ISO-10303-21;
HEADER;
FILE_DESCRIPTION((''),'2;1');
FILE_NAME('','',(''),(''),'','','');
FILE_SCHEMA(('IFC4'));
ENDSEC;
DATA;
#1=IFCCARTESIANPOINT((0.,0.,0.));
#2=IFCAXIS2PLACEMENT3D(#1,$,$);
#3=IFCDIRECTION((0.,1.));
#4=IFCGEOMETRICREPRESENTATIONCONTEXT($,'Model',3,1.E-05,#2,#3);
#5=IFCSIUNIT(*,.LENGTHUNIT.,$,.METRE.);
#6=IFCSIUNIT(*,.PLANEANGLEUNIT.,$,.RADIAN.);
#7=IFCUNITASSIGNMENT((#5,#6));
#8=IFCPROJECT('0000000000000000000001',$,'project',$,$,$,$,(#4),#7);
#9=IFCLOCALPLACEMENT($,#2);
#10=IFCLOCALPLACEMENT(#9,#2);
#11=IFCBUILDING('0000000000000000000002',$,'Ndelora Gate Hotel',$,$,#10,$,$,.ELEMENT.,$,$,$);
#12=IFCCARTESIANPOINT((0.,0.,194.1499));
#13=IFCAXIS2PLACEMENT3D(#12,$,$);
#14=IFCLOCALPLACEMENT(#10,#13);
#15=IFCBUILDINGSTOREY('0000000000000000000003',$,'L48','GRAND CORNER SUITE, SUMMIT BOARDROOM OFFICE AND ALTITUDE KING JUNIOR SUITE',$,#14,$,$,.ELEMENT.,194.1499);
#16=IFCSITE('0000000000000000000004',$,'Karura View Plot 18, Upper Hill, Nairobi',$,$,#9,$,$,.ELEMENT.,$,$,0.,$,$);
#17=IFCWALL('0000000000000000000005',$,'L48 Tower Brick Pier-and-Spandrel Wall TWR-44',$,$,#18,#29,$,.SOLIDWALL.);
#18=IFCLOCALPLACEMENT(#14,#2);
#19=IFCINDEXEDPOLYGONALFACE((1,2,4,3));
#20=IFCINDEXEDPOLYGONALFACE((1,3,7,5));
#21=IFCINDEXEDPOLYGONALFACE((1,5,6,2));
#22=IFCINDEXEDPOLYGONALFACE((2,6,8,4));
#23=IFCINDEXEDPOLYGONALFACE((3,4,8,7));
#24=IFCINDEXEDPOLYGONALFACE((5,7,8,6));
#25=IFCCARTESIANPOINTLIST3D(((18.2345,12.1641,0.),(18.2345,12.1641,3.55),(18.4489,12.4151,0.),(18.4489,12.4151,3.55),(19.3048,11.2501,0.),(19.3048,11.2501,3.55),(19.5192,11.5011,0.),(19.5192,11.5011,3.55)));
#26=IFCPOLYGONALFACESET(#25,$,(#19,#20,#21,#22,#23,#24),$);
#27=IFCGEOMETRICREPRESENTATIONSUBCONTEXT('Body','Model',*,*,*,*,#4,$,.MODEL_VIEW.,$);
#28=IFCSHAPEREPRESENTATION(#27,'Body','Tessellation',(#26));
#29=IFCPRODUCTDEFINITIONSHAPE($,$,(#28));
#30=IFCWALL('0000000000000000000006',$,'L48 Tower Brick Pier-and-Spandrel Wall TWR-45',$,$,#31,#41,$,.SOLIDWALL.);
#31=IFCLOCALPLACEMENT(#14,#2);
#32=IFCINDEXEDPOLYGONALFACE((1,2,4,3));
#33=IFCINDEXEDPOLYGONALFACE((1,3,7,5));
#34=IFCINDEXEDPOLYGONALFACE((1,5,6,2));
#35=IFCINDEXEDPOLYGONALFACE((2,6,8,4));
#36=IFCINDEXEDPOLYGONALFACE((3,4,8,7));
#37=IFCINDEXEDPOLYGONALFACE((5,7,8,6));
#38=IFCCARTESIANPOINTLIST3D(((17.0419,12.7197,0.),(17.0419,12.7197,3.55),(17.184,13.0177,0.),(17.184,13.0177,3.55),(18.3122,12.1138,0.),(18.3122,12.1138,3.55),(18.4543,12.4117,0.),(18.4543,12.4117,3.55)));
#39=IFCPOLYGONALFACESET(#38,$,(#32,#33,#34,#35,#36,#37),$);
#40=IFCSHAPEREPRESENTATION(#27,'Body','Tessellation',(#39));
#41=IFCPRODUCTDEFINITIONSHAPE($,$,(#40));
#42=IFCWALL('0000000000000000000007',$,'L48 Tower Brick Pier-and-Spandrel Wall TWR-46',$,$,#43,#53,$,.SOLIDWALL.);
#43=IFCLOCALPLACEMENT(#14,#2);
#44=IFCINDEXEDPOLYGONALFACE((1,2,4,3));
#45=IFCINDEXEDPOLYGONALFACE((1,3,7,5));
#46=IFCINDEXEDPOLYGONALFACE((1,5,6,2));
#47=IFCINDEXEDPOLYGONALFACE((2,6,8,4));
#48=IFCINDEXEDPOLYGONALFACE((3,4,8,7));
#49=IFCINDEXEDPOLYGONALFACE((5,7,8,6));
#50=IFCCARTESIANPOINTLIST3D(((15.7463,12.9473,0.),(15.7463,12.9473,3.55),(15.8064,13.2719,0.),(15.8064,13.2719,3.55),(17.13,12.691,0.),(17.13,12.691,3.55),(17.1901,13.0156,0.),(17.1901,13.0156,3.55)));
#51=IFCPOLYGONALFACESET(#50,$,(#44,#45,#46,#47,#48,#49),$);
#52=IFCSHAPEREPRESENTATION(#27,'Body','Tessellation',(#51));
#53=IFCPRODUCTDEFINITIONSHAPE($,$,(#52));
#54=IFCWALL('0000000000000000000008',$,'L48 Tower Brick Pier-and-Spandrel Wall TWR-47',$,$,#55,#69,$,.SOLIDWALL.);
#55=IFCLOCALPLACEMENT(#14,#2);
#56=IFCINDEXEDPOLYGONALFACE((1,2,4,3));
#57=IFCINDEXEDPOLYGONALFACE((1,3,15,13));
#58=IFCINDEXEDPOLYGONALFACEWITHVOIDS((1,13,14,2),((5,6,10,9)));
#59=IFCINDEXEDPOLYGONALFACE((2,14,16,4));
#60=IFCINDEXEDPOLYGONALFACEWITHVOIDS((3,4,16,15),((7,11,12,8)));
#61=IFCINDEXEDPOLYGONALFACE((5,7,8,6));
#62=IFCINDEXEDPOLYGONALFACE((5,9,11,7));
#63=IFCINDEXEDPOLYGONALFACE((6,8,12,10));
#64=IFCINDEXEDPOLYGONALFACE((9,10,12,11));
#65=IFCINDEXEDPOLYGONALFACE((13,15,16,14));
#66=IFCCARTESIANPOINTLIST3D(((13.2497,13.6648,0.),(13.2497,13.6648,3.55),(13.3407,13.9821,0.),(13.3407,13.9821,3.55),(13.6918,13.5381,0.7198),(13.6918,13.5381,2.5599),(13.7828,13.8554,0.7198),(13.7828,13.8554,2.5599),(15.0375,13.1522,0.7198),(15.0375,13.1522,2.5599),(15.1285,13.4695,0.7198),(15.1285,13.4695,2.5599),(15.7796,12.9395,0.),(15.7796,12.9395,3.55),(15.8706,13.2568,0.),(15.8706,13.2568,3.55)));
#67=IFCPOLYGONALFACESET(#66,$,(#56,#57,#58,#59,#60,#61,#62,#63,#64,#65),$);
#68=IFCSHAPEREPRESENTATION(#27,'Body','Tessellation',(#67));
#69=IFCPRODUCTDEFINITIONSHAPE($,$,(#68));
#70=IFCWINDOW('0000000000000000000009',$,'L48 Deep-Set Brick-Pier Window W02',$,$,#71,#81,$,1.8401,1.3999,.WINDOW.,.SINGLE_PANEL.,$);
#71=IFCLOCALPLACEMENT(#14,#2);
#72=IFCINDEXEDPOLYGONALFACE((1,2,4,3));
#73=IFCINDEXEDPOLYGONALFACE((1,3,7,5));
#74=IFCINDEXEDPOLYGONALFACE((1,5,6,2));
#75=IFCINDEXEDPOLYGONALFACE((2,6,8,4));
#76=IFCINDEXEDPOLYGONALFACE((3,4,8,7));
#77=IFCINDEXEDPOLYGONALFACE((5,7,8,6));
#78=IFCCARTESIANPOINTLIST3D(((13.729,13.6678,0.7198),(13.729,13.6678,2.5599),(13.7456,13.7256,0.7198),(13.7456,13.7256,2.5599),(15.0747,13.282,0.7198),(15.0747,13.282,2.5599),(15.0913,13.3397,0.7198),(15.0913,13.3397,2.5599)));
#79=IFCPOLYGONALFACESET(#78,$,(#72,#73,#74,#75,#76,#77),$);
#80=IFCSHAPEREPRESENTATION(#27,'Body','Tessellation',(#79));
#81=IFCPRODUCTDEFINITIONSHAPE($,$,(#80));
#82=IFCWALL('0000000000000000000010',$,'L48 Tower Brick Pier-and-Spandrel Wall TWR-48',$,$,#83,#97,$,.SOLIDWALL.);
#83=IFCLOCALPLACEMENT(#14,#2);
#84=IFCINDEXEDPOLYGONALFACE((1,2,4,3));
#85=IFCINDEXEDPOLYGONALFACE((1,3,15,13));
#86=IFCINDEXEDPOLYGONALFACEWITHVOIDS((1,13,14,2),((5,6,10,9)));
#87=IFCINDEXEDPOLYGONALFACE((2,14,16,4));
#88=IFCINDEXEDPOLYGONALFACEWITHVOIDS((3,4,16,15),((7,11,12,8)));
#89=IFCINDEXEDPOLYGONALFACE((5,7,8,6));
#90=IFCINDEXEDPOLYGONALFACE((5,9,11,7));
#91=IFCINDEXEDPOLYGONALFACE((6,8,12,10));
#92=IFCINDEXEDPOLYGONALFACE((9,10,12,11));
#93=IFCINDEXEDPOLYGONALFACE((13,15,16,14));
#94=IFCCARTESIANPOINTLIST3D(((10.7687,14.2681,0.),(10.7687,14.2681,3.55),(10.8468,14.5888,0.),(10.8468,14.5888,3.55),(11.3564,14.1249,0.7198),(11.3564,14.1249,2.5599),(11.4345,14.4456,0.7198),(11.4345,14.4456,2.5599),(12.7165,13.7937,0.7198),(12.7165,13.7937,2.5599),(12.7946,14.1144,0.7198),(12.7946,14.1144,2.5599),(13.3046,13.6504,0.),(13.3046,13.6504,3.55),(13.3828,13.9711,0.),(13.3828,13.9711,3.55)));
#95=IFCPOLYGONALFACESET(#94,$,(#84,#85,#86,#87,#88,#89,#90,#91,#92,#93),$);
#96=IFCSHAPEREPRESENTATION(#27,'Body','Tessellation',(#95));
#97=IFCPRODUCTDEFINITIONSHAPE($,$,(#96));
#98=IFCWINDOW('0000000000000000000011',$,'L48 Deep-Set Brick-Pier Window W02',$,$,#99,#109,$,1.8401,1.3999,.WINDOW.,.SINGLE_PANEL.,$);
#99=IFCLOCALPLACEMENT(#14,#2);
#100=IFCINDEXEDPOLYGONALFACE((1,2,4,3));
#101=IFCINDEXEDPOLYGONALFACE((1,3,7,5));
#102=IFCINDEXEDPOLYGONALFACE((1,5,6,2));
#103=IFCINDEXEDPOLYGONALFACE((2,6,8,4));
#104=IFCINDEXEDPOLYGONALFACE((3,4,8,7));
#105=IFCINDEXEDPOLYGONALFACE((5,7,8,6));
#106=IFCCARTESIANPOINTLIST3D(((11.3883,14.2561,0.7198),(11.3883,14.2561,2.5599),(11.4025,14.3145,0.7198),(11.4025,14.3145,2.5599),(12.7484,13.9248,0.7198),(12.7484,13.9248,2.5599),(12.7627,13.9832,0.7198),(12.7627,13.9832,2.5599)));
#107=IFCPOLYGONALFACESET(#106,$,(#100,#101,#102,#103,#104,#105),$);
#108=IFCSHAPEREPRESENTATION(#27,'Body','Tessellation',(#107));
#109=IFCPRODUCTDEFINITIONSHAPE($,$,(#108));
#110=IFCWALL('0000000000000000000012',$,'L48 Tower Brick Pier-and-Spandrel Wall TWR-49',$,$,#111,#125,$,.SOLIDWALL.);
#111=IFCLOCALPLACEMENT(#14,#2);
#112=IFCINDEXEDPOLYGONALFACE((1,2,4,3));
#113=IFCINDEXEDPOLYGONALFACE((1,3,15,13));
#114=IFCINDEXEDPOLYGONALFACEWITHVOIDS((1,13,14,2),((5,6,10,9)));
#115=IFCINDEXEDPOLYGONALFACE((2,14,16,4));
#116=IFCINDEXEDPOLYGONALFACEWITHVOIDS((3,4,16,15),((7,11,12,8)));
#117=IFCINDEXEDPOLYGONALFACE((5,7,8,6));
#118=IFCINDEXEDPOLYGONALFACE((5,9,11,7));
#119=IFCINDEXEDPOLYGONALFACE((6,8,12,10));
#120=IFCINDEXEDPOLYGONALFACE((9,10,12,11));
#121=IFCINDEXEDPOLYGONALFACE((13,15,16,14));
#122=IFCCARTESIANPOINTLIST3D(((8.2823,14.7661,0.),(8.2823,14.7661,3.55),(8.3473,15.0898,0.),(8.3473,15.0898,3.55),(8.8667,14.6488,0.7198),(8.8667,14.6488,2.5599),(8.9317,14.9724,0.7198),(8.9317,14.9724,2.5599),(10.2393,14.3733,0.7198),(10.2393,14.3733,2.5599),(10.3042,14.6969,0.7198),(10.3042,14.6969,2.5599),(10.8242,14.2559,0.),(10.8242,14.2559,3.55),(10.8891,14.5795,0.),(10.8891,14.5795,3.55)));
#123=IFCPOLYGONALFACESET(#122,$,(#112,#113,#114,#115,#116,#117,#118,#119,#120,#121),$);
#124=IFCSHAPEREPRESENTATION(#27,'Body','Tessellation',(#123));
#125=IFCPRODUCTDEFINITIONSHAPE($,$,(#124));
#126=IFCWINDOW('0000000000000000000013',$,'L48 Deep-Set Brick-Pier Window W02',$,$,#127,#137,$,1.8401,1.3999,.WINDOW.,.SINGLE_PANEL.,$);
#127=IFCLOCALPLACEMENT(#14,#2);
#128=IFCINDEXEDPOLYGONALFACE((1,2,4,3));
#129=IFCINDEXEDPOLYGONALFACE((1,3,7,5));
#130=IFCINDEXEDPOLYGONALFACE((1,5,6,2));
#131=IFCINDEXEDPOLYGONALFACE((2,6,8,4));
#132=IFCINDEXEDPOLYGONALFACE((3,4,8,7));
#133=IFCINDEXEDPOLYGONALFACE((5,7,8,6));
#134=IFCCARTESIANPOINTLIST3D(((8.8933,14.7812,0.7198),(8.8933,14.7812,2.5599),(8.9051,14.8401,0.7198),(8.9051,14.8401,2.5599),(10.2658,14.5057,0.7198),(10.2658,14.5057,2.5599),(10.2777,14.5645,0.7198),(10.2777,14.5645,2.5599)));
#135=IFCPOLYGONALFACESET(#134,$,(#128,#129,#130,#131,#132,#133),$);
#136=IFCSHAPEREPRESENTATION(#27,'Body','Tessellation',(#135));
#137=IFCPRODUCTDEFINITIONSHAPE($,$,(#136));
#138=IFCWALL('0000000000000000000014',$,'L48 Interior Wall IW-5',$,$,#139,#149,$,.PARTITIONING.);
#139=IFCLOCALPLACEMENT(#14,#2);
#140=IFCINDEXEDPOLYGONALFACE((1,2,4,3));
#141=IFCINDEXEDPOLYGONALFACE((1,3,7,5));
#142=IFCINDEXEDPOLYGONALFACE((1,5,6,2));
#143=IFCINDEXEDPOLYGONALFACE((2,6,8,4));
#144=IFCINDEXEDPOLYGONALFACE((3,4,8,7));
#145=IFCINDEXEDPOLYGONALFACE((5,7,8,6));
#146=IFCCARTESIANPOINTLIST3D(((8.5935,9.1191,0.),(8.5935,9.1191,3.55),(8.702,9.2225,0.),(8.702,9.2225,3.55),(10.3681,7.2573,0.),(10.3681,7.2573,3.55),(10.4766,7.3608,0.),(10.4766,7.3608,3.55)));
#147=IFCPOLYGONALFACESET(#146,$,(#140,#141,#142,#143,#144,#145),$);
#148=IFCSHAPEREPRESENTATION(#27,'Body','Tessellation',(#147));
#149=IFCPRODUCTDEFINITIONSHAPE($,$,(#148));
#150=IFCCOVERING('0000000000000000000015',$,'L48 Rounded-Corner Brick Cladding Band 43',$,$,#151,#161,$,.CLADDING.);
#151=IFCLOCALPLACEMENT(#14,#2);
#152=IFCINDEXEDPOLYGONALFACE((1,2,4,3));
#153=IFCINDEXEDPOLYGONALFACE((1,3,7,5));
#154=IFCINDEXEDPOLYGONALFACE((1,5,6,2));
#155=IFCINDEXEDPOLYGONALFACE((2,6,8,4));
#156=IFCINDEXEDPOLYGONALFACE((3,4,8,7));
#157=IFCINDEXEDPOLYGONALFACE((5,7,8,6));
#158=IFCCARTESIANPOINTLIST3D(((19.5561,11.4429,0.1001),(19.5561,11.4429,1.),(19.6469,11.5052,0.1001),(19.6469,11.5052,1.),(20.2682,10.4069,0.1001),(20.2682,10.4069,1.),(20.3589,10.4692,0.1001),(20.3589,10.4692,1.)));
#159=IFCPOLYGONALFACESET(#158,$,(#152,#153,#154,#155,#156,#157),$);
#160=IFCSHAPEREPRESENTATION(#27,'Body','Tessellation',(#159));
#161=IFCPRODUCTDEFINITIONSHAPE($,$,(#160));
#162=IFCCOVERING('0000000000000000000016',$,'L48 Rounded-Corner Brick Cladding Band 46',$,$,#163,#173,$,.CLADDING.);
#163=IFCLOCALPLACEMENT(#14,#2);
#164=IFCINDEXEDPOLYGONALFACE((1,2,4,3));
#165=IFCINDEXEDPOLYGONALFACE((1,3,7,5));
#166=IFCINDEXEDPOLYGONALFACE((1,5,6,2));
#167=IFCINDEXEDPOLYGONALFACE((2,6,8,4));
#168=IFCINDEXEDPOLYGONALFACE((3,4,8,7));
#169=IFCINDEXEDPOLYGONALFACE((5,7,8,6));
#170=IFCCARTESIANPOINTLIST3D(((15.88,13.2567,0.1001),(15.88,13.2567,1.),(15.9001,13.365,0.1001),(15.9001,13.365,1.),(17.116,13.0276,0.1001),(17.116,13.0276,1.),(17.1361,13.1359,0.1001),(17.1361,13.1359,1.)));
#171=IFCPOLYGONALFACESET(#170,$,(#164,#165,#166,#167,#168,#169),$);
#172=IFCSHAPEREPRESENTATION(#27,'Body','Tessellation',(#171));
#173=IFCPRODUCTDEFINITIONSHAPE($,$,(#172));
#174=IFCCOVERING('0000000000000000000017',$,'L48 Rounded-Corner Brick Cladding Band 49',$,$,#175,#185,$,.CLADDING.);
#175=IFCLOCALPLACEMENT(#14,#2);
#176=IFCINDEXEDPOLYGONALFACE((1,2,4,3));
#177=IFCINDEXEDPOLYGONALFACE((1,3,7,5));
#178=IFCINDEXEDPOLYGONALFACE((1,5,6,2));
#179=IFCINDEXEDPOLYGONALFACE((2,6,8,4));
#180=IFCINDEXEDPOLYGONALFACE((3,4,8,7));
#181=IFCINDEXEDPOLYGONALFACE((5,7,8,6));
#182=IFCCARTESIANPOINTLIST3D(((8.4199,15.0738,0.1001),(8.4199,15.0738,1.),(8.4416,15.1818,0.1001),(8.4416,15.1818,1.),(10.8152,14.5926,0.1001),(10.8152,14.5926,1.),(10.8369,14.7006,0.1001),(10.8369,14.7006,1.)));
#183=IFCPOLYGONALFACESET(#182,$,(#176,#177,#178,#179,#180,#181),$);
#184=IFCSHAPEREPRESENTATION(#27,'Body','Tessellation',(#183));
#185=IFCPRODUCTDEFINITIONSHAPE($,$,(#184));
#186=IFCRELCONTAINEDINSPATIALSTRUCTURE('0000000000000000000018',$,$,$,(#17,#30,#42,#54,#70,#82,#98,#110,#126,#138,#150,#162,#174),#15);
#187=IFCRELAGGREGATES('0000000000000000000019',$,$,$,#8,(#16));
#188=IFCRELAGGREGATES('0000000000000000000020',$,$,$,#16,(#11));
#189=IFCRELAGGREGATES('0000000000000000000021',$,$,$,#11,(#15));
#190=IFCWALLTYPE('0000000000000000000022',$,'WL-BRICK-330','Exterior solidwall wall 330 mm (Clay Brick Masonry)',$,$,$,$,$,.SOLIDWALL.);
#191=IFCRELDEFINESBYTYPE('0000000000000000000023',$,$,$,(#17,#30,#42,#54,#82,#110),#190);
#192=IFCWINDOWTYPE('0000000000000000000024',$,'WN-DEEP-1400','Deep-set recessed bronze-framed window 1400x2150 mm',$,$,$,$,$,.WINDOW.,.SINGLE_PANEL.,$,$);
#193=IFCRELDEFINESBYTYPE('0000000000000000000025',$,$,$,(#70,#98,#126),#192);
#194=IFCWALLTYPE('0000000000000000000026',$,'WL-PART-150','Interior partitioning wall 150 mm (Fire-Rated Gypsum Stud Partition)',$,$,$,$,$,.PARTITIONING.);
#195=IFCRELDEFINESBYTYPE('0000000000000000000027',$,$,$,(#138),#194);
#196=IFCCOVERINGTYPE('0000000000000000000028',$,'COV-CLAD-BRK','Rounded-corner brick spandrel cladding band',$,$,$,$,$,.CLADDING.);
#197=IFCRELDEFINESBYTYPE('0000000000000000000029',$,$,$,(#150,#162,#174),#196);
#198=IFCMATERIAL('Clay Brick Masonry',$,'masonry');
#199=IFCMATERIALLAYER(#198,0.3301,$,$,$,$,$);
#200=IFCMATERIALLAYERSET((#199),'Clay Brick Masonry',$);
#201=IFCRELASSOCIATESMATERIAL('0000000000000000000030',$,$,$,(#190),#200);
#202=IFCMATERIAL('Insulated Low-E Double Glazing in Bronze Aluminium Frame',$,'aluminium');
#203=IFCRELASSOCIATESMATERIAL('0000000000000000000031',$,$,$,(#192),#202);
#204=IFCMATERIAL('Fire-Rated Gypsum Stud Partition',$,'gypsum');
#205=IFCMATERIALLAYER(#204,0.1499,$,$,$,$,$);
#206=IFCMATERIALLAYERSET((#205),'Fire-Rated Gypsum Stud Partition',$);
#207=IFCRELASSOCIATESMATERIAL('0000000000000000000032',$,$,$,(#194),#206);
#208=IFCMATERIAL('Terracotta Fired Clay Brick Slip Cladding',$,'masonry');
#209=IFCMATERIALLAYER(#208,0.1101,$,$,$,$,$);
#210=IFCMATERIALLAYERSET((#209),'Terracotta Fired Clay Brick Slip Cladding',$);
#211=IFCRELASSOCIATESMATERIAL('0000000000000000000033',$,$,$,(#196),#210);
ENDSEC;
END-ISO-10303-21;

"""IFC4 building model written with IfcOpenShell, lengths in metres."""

from ifc_helpers import new_model, si_unit, direction, frame, frame_2d, origin, origin_2d, place, context, subcontext, project, spatial, rectangle, extrude, material, layer, layer_set, type_object, element, fill, save


model = new_model("IFC4")

# Units and contexts
model_context = context("Model", 3, precision=1e-05, world=origin(), true_north=direction((0.0, 1.0)))
body_context = subcontext(model_context, "Body", "Model", "MODEL_VIEW")
ifc_project = project(units=[si_unit("LENGTHUNIT", "METRE"), si_unit("PLANEANGLEUNIT", "RADIAN")], contexts=[model_context])

# Site, building, storey
site_placement = place(None, origin())
site = spatial("IfcSite", under=ifc_project, at=site_placement, Name="Karura View Plot 18, Upper Hill, Nairobi", CompositionType="ELEMENT", RefElevation=0.0)
building_placement = place(site_placement, origin())
building = spatial("IfcBuilding", under=site, at=building_placement, Name="Ndelora Gate Hotel", CompositionType="ELEMENT")
storey_placement = place(building_placement, frame((0.0, 0.0, 194.1499)))
storey = spatial("IfcBuildingStorey", under=building, at=storey_placement, Name="L48", Description="GRAND CORNER SUITE, SUMMIT BOARDROOM OFFICE AND ALTITUDE KING JUNIOR SUITE", CompositionType="ELEMENT", Elevation=194.1499)

# Walls
ifc_material_1 = material(Name="Clay Brick Masonry", Category="masonry")
ifc_layer_1 = layer(ifc_material_1, 0.3301)
ifc_layer_set_1 = layer_set([ifc_layer_1], Name="Clay Brick Masonry")
wall_type_1 = type_object("IfcWallType", Name="WL-BRICK-330", Description="Exterior solidwall wall 330 mm (Clay Brick Masonry)", PredefinedType="SOLIDWALL", material=ifc_layer_set_1)
for number, where, z_axis, x_axis, name in (
    (1, (18.3418, 12.2896, 0.0), (0.0, 0.0, 1.0), (0.760431, -0.649419, 0.0), "L48 Tower Brick Pier-and-Spandrel Wall TWR-44"),
    (2, (17.113, 12.8687, 0.0), (0.0, 0.0, 1.0), (0.902565, -0.430553, 0.0), "L48 Tower Brick Pier-and-Spandrel Wall TWR-45"),
):
    element("IfcWall", number, at=place(storey_placement, frame(where, z_axis=z_axis, x_axis=x_axis)), inside=storey, type_object=wall_type_1, Name=name, PredefinedType="SOLIDWALL", context=body_context, shape_type="SweptSolid", body=[
        extrude(rectangle(XDim=1.4075, YDim=0.3301, at=frame_2d((0.7036, 0.0))), origin(), (0.0, 0.0, 1.0), 3.55),
    ])
wall_1_placement = place(storey_placement, frame((15.7764, 13.1096, 0.0), z_axis=(0.0, 0.0, 1.0), x_axis=(0.98327, -0.182151, 0.0)))
element("IfcWall", 3, at=wall_1_placement, inside=storey, type_object=wall_type_1, Name="L48 Tower Brick Pier-and-Spandrel Wall TWR-46", PredefinedType="SOLIDWALL", context=body_context, shape_type="SweptSolid", body=[
    extrude(rectangle(XDim=1.4072, YDim=0.3301, at=frame_2d((0.7036, 0.0))), origin(), (0.0, 0.0, 1.0), 3.55),
])

# Walls, openings, windows
wall_2_placement = place(storey_placement, frame((13.2952, 13.8235, 0.0), z_axis=(0.0, 0.0, 1.0), x_axis=(0.961268, -0.275615, 0.0)))
wall_2 = element("IfcWall", 4, at=wall_2_placement, inside=storey, type_object=wall_type_1, Name="L48 Tower Brick Pier-and-Spandrel Wall TWR-47", PredefinedType="SOLIDWALL", context=body_context, shape_type="SweptSolid", body=[
    extrude(rectangle(XDim=2.6318, YDim=0.3301, at=frame_2d((1.3159, 0.0))), origin(), (0.0, 0.0, 1.0), 3.55),
])
opening_1_placement = place(wall_2_placement, frame((0.46, 0.0, 0.72)))
opening_1 = element("IfcOpeningElement", 5, at=opening_1_placement, cuts=wall_2, PredefinedType="OPENING", context=body_context, shape_type="SweptSolid", body=[
    extrude(rectangle(XDim=1.3999, YDim=1.8401, at=frame_2d((0.7, 0.9199))), frame((0.0, 0.175, 0.0), z_axis=(0.0, -1.0, 0.0), x_axis=(1.0, 0.0, 0.0)), (0.0, 0.0, 1.0), 0.3501),
])
ifc_material_2 = material(Name="Insulated Low-E Double Glazing in Bronze Aluminium Frame", Category="aluminium")
window_type = type_object("IfcWindowType", Name="WN-DEEP-1400", Description="Deep-set recessed bronze-framed window 1400x2150 mm", PartitioningType="SINGLE_PANEL", PredefinedType="WINDOW", material=ifc_material_2)
window_1_placement = place(opening_1_placement, origin())
window_1 = element("IfcWindow", 6, at=window_1_placement, inside=storey, type_object=window_type, Name="L48 Deep-Set Brick-Pier Window W02", OverallHeight=1.8401, OverallWidth=1.3999, PartitioningType="SINGLE_PANEL", PredefinedType="WINDOW", context=body_context, shape_type="SweptSolid", body=[
    extrude(rectangle(XDim=1.3999, YDim=1.8401, at=frame_2d((0.7, 0.9199))), frame((0.0, 0.03, 0.0), z_axis=(0.0, -1.0, 0.0), x_axis=(1.0, 0.0, 0.0)), (0.0, 0.0, 1.0), 0.0601),
])
fill(opening_1, window_1)
wall_3_placement = place(storey_placement, frame((10.8076, 14.4285, 0.0), z_axis=(0.0, 0.0, 1.0), x_axis=(0.971594, -0.236655, 0.0)))
wall_3 = element("IfcWall", 7, at=wall_3_placement, inside=storey, type_object=wall_type_1, Name="L48 Tower Brick Pier-and-Spandrel Wall TWR-48", PredefinedType="SOLIDWALL", context=body_context, shape_type="SweptSolid", body=[
    extrude(rectangle(XDim=2.6101, YDim=0.3301, at=frame_2d((1.3052, 0.0))), origin(), (0.0, 0.0, 1.0), 3.55),
])
opening_2_placement = place(wall_3_placement, frame((0.605, 0.0, 0.72)))
opening_2 = element("IfcOpeningElement", 8, at=opening_2_placement, cuts=wall_3, PredefinedType="OPENING", context=body_context, shape_type="SweptSolid", body=[
    extrude(rectangle(XDim=1.3999, YDim=1.8401, at=frame_2d((0.7, 0.9199))), frame((0.0, 0.175, 0.0), z_axis=(0.0, -1.0, 0.0), x_axis=(1.0, 0.0, 0.0)), (0.0, 0.0, 1.0), 0.3501),
])
window_2_placement = place(opening_2_placement, origin())
window_2 = element("IfcWindow", 9, at=window_2_placement, inside=storey, type_object=window_type, Name="L48 Deep-Set Brick-Pier Window W02", OverallHeight=1.8401, OverallWidth=1.3999, PartitioningType="SINGLE_PANEL", PredefinedType="WINDOW", context=body_context, shape_type="SweptSolid", body=[
    extrude(rectangle(XDim=1.3999, YDim=1.8401, at=frame_2d((0.7, 0.9199))), frame((0.0, 0.03, 0.0), z_axis=(0.0, -1.0, 0.0), x_axis=(1.0, 0.0, 0.0)), (0.0, 0.0, 1.0), 0.0601),
])
fill(opening_2, window_2)
wall_4_placement = place(storey_placement, frame((8.3147, 14.928, 0.0), z_axis=(0.0, 0.0, 1.0), x_axis=(0.980439, -0.196822, 0.0)))
wall_4 = element("IfcWall", 10, at=wall_4_placement, inside=storey, type_object=wall_type_1, Name="L48 Tower Brick Pier-and-Spandrel Wall TWR-49", PredefinedType="SOLIDWALL", context=body_context, shape_type="SweptSolid", body=[
    extrude(rectangle(XDim=2.5925, YDim=0.3301, at=frame_2d((1.2964, 0.0))), origin(), (0.0, 0.0, 1.0), 3.55),
])
opening_3_placement = place(wall_4_placement, frame((0.5962, 0.0, 0.72)))
opening_3 = element("IfcOpeningElement", 11, at=opening_3_placement, cuts=wall_4, PredefinedType="OPENING", context=body_context, shape_type="SweptSolid", body=[
    extrude(rectangle(XDim=1.3999, YDim=1.8401, at=frame_2d((0.7, 0.9199))), frame((0.0, 0.175, 0.0), z_axis=(0.0, -1.0, 0.0), x_axis=(1.0, 0.0, 0.0)), (0.0, 0.0, 1.0), 0.3501),
])
window_3_placement = place(opening_3_placement, origin())
window_3 = element("IfcWindow", 12, at=window_3_placement, inside=storey, type_object=window_type, Name="L48 Deep-Set Brick-Pier Window W02", OverallHeight=1.8401, OverallWidth=1.3999, PartitioningType="SINGLE_PANEL", PredefinedType="WINDOW", context=body_context, shape_type="SweptSolid", body=[
    extrude(rectangle(XDim=1.3999, YDim=1.8401, at=frame_2d((0.7, 0.9199))), frame((0.0, 0.03, 0.0), z_axis=(0.0, -1.0, 0.0), x_axis=(1.0, 0.0, 0.0)), (0.0, 0.0, 1.0), 0.0601),
])
fill(opening_3, window_3)

# Wall
ifc_material_3 = material(Name="Fire-Rated Gypsum Stud Partition", Category="gypsum")
ifc_layer_2 = layer(ifc_material_3, 0.1499)
ifc_layer_set_2 = layer_set([ifc_layer_2], Name="Fire-Rated Gypsum Stud Partition")
wall_type_2 = type_object("IfcWallType", Name="WL-PART-150", Description="Interior partitioning wall 150 mm (Fire-Rated Gypsum Stud Partition)", PredefinedType="PARTITIONING", material=ifc_layer_set_2)
wall_5_placement = place(storey_placement, frame((8.6477, 9.1709, 0.0), z_axis=(0.0, 0.0, 1.0), x_axis=(0.689961, -0.723847, 0.0)))
element("IfcWall", 13, at=wall_5_placement, inside=storey, type_object=wall_type_2, Name="L48 Interior Wall IW-5", PredefinedType="PARTITIONING", context=body_context, shape_type="SweptSolid", body=[
    extrude(rectangle(XDim=2.572, YDim=0.1499, at=frame_2d((1.2861, 0.0))), origin(), (0.0, 0.0, 1.0), 3.55),
])

# Coverings
ifc_material_4 = material(Name="Terracotta Fired Clay Brick Slip Cladding", Category="masonry")
ifc_layer_3 = layer(ifc_material_4, 0.1101)
ifc_layer_set_3 = layer_set([ifc_layer_3], Name="Terracotta Fired Clay Brick Slip Cladding")
covering_type_1 = type_object("IfcCoveringType", Name="COV-CLAD-BRK", Description="Rounded-corner brick spandrel cladding band", PredefinedType="CLADDING", material=ifc_layer_set_3)
for number, where, z_axis, x_axis, name in (
    (14, (19.9575, 10.9561, 0.1001), (0.0, 0.0, 1.0), (-0.566406, 0.824126, 0.0), "L48 Rounded-Corner Brick Cladding Band 43"),
    (15, (16.5081, 13.1963, 0.1001), (0.0, 0.0, 1.0), (-0.983255, 0.182236, 0.0), "L48 Rounded-Corner Brick Cladding Band 46"),
):
    element("IfcCovering", number, at=place(storey_placement, frame(where, z_axis=z_axis, x_axis=x_axis)), inside=storey, type_object=covering_type_1, Name=name, PredefinedType="CLADDING", context=body_context, shape_type="SweptSolid", body=[
        extrude(rectangle(XDim=1.2571, YDim=0.1101, at=origin_2d()), origin(), (0.0, 0.0, 1.0), 0.8999),
    ])
covering_1_placement = place(storey_placement, frame((9.6284, 14.8872, 0.1001), z_axis=(0.0, 0.0, 1.0), x_axis=(-0.980409, 0.196973, 0.0)))
element("IfcCovering", 16, at=covering_1_placement, inside=storey, type_object=covering_type_1, Name="L48 Rounded-Corner Brick Cladding Band 49", PredefinedType="CLADDING", context=body_context, shape_type="SweptSolid", body=[
    extrude(rectangle(XDim=2.4431, YDim=0.1101, at=origin_2d()), origin(), (0.0, 0.0, 1.0), 0.8999),
])

save(model, "model.ifc")
